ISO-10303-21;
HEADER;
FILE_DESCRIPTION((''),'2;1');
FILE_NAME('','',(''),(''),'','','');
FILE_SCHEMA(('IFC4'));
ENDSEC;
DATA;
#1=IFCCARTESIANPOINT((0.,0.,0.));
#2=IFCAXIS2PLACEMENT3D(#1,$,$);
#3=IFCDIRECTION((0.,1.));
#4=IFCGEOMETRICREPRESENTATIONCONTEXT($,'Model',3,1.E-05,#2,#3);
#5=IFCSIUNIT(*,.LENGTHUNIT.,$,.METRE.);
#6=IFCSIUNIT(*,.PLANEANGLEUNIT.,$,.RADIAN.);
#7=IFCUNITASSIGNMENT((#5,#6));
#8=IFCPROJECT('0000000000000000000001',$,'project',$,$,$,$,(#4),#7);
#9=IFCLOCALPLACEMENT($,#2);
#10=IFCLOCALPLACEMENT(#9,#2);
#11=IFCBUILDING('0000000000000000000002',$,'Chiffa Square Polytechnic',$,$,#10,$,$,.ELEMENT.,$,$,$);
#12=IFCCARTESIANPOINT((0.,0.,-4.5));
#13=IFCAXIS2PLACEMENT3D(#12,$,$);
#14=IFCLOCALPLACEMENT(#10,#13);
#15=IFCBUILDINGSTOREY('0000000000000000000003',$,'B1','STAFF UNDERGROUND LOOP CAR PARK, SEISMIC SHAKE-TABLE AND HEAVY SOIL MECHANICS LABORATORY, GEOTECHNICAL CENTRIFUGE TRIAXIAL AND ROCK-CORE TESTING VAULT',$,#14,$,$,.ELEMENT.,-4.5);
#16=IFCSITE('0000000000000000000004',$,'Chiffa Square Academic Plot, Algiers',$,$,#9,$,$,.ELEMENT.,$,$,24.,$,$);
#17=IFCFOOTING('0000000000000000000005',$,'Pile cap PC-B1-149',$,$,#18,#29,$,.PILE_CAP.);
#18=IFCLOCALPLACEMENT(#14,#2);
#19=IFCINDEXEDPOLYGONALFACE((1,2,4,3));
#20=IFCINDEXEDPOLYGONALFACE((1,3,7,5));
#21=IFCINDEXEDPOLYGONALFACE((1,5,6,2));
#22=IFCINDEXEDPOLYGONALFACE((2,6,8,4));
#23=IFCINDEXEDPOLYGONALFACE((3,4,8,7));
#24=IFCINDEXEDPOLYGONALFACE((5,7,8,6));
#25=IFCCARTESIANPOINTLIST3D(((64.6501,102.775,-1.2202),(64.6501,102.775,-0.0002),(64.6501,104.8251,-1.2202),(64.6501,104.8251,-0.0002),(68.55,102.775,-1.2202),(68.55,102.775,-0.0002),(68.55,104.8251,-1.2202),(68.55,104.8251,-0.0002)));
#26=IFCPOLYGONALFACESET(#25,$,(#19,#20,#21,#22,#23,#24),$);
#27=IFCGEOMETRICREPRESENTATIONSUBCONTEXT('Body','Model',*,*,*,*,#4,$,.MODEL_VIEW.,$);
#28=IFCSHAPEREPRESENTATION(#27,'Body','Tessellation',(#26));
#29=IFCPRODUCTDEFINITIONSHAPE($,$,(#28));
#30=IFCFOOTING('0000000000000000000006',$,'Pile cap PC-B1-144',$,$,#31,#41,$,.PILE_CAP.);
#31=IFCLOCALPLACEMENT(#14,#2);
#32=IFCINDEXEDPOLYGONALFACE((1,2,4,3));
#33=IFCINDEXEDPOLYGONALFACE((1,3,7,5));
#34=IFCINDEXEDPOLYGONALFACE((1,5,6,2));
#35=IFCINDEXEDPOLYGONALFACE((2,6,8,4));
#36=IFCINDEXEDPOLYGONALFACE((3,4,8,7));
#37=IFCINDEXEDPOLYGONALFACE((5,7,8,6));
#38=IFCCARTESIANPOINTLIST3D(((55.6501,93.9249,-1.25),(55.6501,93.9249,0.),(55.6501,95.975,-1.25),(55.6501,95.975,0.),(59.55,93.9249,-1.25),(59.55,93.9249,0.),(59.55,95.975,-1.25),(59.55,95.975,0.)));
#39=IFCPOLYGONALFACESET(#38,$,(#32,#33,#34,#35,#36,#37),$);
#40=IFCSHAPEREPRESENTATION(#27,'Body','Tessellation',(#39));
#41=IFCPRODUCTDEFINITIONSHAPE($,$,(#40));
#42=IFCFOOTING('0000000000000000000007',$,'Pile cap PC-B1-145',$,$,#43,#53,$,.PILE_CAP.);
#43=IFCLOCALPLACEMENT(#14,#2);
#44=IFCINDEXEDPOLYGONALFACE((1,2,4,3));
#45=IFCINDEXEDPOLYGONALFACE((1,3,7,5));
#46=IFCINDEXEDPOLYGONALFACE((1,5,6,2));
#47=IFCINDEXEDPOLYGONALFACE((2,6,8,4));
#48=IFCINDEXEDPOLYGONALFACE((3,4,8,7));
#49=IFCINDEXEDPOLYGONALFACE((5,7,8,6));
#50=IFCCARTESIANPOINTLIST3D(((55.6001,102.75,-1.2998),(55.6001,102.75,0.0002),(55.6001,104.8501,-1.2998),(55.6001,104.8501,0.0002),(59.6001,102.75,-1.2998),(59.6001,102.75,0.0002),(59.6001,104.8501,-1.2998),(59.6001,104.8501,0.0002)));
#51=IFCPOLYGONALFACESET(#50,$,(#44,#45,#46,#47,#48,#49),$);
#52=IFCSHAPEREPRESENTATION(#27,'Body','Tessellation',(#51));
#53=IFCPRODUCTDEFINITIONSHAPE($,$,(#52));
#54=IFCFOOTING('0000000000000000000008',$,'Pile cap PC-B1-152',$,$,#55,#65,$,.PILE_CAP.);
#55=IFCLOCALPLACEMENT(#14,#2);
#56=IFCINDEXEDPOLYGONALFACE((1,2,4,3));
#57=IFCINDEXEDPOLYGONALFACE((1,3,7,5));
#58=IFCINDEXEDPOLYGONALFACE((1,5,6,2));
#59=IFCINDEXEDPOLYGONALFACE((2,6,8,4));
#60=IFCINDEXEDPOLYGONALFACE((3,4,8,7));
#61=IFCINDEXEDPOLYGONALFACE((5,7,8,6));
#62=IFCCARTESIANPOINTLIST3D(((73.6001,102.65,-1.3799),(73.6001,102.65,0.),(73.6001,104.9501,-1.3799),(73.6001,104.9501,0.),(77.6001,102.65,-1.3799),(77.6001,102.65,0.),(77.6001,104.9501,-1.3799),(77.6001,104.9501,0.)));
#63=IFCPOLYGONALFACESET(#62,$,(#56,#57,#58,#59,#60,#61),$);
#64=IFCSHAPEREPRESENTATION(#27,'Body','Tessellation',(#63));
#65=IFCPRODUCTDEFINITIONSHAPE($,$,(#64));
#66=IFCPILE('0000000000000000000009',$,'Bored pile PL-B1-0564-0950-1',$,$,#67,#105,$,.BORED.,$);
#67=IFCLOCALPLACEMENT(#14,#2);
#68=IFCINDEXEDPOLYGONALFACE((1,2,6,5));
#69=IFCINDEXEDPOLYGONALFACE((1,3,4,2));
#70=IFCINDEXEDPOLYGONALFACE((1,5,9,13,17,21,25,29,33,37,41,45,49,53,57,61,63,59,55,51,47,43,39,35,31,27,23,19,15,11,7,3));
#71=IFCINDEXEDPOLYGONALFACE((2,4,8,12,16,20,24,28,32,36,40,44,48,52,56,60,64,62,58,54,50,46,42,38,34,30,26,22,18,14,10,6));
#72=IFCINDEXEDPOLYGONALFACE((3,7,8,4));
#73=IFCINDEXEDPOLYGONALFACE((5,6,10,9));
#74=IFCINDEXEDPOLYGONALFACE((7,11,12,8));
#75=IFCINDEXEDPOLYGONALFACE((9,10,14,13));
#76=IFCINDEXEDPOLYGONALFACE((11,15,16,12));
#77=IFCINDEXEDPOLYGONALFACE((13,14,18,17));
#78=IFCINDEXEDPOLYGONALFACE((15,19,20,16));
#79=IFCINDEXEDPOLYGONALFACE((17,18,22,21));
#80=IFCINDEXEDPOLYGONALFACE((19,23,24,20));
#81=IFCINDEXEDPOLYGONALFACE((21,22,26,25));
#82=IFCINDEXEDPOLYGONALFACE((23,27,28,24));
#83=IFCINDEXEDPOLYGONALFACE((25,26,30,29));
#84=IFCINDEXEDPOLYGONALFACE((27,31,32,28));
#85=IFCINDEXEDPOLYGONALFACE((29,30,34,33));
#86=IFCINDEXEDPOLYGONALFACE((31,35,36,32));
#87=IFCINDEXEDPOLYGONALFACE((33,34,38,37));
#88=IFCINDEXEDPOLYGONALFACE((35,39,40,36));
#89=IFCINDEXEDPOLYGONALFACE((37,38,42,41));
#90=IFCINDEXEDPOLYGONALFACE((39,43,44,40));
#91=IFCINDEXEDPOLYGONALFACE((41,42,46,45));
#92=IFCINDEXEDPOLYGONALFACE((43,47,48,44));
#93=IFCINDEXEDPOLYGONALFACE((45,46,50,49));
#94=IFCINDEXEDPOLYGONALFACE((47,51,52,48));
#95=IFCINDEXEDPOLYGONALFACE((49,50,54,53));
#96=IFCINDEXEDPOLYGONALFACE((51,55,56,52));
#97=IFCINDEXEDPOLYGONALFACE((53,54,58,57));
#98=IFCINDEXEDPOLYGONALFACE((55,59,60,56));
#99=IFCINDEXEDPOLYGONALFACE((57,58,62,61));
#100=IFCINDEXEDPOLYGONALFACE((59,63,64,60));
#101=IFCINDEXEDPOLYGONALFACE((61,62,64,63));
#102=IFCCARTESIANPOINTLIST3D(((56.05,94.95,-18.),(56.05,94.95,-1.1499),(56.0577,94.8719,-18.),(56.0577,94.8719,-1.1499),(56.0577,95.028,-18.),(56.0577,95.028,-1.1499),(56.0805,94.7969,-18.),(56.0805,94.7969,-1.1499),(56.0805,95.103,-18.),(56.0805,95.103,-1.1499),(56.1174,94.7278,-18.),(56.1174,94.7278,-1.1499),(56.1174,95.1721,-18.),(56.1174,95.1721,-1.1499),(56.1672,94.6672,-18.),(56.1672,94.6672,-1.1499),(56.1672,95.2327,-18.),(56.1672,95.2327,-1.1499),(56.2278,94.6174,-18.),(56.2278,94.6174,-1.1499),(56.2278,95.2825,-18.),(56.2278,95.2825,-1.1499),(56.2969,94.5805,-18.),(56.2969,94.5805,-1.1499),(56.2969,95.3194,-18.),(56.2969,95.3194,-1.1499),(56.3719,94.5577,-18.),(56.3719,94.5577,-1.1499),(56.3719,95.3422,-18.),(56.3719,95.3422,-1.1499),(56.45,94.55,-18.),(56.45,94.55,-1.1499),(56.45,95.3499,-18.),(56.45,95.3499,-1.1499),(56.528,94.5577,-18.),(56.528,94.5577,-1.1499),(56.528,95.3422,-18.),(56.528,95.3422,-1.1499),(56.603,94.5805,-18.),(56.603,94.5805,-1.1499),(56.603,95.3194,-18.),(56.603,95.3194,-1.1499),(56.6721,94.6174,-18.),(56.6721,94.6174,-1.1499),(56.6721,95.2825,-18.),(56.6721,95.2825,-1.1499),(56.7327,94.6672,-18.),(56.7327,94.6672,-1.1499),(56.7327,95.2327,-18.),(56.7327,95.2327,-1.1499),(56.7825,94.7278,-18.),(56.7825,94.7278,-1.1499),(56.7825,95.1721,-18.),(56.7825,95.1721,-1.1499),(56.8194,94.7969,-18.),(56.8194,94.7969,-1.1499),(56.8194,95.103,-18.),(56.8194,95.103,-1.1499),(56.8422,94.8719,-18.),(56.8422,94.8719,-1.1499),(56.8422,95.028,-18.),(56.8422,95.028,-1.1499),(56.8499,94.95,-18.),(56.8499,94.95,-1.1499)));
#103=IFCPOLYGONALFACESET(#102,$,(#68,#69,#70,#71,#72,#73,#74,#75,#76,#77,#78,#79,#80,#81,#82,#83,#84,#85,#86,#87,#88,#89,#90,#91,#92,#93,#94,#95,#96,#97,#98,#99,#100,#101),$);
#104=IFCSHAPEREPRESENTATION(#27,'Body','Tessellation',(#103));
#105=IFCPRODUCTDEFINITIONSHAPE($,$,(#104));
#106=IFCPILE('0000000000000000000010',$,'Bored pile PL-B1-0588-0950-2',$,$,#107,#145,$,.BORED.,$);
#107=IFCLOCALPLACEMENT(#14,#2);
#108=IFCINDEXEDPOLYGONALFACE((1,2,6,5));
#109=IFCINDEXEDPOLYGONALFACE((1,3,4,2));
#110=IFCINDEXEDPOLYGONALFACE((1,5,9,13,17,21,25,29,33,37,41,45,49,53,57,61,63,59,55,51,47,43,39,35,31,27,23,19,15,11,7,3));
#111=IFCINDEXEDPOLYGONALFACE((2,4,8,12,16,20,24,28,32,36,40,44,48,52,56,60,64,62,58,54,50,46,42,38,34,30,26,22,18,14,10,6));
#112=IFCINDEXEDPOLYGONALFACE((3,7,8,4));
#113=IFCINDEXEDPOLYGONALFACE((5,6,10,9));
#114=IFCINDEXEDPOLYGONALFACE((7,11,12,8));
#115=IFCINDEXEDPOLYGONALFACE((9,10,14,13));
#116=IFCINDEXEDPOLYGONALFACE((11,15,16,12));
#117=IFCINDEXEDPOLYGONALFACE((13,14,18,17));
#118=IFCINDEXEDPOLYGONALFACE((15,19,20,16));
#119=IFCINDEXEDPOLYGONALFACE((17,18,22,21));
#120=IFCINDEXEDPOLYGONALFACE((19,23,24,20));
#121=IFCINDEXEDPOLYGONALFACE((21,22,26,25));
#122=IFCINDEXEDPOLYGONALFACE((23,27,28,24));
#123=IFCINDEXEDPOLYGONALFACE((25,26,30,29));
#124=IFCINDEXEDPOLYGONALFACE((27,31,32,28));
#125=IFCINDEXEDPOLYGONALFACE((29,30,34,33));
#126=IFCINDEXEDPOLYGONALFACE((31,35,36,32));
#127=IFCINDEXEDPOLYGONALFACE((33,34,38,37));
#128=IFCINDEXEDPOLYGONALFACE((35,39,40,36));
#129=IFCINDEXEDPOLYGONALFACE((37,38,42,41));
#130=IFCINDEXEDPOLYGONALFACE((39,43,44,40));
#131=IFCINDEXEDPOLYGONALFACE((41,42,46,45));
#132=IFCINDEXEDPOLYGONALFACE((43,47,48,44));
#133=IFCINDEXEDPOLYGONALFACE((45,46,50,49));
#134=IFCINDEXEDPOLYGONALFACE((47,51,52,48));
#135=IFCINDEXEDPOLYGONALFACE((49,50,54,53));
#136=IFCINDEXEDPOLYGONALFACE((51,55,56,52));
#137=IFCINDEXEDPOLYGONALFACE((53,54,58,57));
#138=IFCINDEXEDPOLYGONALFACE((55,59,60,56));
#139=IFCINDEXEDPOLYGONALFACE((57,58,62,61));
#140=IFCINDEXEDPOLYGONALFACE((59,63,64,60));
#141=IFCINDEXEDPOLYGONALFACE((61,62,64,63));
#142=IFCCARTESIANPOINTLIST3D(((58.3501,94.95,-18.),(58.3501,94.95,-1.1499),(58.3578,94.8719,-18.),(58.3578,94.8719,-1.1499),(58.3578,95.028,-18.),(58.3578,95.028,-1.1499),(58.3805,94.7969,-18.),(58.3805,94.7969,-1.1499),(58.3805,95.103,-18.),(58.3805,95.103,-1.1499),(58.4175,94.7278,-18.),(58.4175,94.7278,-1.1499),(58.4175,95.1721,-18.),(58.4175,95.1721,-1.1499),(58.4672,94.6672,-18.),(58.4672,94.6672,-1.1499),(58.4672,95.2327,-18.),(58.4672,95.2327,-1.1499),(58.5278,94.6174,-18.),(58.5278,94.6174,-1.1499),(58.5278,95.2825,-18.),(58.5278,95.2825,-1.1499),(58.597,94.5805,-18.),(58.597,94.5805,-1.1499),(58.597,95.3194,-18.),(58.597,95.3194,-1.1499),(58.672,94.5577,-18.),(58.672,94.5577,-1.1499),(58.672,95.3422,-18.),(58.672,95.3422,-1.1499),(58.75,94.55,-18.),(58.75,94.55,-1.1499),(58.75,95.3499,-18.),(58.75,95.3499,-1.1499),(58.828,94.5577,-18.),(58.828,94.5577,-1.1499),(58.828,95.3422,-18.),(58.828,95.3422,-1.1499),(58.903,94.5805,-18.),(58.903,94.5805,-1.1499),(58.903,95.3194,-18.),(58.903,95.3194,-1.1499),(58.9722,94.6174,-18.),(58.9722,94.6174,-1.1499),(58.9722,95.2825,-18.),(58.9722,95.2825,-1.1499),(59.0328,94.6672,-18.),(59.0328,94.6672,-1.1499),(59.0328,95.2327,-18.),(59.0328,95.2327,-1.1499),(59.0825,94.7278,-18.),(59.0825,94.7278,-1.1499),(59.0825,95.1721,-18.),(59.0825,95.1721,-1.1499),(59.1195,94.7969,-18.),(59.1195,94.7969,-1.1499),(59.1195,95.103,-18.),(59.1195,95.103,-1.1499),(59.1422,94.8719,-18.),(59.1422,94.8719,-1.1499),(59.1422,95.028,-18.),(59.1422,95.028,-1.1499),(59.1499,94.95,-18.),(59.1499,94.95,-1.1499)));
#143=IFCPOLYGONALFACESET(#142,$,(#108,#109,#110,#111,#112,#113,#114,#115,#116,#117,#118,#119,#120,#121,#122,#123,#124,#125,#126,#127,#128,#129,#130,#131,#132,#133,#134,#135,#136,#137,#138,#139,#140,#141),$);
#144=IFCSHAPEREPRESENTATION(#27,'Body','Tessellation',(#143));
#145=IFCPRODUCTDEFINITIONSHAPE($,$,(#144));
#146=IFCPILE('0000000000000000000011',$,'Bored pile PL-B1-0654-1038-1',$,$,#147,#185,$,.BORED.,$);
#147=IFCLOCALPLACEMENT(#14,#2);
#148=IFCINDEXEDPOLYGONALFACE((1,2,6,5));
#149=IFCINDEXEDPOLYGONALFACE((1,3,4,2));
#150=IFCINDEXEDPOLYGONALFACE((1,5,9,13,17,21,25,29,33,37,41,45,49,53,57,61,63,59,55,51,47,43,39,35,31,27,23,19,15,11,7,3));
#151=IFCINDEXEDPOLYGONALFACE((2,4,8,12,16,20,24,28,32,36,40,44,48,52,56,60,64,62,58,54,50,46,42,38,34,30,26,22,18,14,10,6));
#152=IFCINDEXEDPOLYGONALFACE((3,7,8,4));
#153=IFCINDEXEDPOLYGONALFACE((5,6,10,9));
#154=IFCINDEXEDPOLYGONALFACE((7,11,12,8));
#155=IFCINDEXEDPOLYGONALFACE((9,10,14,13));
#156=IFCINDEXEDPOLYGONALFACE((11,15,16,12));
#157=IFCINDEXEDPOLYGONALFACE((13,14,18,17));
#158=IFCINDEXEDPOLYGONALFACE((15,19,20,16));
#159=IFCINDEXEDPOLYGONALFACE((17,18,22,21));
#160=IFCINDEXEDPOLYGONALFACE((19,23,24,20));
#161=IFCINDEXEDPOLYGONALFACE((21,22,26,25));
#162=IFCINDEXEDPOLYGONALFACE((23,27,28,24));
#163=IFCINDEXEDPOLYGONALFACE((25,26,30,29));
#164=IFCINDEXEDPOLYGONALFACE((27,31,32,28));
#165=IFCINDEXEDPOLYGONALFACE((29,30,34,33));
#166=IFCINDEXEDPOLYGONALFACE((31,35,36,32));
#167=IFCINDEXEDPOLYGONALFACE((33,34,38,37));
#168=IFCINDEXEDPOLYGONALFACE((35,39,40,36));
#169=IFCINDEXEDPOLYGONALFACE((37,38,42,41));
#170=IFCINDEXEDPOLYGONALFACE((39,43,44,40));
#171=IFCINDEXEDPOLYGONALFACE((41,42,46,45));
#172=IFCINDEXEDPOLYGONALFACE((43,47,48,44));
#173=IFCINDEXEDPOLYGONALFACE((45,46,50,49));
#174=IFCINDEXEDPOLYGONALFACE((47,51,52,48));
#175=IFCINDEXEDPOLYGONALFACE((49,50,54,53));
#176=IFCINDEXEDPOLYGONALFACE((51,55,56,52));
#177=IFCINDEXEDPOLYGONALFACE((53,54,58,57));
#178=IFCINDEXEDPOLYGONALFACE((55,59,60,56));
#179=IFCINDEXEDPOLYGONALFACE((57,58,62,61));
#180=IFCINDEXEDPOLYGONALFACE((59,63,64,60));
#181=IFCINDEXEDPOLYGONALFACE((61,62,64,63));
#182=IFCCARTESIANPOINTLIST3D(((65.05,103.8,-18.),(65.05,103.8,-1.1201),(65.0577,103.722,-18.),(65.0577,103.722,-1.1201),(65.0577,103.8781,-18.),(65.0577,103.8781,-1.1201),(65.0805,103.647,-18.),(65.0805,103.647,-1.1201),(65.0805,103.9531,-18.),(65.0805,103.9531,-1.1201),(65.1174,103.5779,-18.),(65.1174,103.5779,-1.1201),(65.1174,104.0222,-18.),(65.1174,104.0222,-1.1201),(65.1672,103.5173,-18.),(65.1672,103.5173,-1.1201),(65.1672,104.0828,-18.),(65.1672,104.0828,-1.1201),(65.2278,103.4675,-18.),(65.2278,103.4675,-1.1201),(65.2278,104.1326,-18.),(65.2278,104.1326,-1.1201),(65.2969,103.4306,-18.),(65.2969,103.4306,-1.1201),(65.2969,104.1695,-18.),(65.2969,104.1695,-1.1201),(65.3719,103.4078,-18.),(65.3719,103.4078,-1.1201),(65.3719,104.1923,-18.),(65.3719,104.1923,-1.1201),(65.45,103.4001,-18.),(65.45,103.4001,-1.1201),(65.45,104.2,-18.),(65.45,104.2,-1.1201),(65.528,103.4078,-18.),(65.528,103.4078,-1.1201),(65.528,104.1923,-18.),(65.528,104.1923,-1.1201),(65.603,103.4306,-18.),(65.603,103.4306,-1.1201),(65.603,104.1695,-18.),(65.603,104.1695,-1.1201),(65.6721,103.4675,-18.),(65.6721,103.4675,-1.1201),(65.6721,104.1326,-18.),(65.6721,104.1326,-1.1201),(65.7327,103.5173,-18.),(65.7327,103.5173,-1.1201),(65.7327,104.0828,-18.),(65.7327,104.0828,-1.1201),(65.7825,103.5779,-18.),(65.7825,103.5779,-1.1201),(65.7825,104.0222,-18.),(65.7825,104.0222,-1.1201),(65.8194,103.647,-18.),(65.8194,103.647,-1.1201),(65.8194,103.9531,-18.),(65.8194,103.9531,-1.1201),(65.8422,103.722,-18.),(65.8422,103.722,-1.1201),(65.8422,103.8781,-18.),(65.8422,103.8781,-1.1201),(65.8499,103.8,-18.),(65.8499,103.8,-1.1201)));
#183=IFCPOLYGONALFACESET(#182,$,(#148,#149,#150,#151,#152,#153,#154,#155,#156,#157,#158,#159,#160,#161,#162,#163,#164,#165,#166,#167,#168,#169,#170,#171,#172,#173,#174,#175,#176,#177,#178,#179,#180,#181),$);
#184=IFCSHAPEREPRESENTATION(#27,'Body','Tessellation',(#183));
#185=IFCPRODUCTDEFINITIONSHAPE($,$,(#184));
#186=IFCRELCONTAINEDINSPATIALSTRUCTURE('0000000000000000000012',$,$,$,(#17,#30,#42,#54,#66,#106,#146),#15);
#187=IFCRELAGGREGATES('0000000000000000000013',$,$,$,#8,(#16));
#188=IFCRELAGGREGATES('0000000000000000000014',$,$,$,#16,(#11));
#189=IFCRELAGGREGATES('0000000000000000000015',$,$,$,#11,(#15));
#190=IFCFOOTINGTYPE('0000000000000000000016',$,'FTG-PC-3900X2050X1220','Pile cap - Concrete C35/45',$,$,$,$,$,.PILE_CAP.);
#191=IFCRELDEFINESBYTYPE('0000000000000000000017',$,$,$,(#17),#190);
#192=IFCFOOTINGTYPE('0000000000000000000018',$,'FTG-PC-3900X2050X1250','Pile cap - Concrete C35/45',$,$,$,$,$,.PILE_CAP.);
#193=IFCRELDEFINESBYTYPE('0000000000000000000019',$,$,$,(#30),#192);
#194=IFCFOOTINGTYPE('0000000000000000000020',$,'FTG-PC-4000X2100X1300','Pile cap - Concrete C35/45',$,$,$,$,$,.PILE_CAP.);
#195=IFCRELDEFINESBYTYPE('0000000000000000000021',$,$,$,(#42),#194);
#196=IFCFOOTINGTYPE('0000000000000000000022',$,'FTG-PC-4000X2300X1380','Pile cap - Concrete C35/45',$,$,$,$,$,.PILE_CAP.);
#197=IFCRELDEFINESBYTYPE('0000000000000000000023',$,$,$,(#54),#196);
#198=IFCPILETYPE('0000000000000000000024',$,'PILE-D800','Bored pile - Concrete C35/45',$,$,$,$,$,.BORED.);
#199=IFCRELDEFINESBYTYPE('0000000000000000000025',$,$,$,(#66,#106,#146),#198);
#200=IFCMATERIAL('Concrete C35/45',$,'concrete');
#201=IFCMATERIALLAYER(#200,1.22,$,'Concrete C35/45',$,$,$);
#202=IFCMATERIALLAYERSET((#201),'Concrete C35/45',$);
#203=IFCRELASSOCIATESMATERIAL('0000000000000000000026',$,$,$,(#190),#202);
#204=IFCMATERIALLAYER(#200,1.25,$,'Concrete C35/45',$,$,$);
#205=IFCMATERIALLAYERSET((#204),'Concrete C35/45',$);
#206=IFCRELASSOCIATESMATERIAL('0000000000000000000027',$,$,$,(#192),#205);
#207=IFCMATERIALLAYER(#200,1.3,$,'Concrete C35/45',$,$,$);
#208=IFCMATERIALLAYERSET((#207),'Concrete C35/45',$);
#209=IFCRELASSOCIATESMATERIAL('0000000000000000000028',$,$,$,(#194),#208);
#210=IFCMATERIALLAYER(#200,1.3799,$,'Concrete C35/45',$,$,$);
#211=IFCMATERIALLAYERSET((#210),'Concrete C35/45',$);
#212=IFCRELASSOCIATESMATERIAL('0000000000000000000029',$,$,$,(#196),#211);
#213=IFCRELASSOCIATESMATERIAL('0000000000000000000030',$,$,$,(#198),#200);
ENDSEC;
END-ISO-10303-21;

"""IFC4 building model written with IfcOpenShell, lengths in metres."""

from ifc_helpers import new_model, si_unit, direction, frame, origin, origin_2d, place, context, subcontext, project, spatial, rectangle, circle, extrude, material, layer, layer_set, material_profile, profile_set, type_object, element, save


model = new_model("IFC4")

# Units and contexts
model_context = context("Model", 3, precision=1e-05, world=origin(), true_north=direction((0.0, 1.0)))
body_context = subcontext(model_context, "Body", "Model", "MODEL_VIEW")
ifc_project = project(units=[si_unit("LENGTHUNIT", "METRE"), si_unit("PLANEANGLEUNIT", "RADIAN")], contexts=[model_context])

# Site, building, storey
site_placement = place(None, origin())
site = spatial("IfcSite", under=ifc_project, at=site_placement, Name="Chiffa Square Academic Plot, Algiers", CompositionType="ELEMENT", RefElevation=24.0)
building_placement = place(site_placement, origin())
building = spatial("IfcBuilding", under=site, at=building_placement, Name="Chiffa Square Polytechnic", CompositionType="ELEMENT")
storey_placement = place(building_placement, frame((0.0, 0.0, -4.5)))
storey = spatial("IfcBuildingStorey", under=building, at=storey_placement, Name="B1", Description="STAFF UNDERGROUND LOOP CAR PARK, SEISMIC SHAKE-TABLE AND HEAVY SOIL MECHANICS LABORATORY, GEOTECHNICAL CENTRIFUGE TRIAXIAL AND ROCK-CORE TESTING VAULT", CompositionType="ELEMENT", Elevation=-4.5)

# Footings
ifc_material_1 = material(Name="Concrete C35/45", Category="concrete")
ifc_layer_1 = layer(ifc_material_1, 1.22, Name="Concrete C35/45")
ifc_layer_set_1 = layer_set([ifc_layer_1], Name="Concrete C35/45")
footing_type_1 = type_object("IfcFootingType", Name="FTG-PC-3900X2050X1220", Description="Pile cap - Concrete C35/45", PredefinedType="PILE_CAP", material=ifc_layer_set_1)
footing_1_placement = place(storey_placement, frame((66.6001, 103.8, -1.2202), z_axis=(0.0, 0.0, 1.0), x_axis=(1.0, 0.0, 0.0)))
element("IfcFooting", 1, at=footing_1_placement, inside=storey, type_object=footing_type_1, Name="Pile cap PC-B1-149", PredefinedType="PILE_CAP", context=body_context, shape_type="SweptSolid", body=[
    extrude(rectangle(XDim=3.8999, YDim=2.05, at=origin_2d()), origin(), (0.0, 0.0, 1.0), 1.22),
])
ifc_layer_2 = layer(ifc_material_1, 1.25, Name="Concrete C35/45")
ifc_layer_set_2 = layer_set([ifc_layer_2], Name="Concrete C35/45")
footing_type_2 = type_object("IfcFootingType", Name="FTG-PC-3900X2050X1250", Description="Pile cap - Concrete C35/45", PredefinedType="PILE_CAP", material=ifc_layer_set_2)
footing_2_placement = place(storey_placement, frame((57.6001, 94.95, -1.25), z_axis=(0.0, 0.0, 1.0), x_axis=(1.0, 0.0, 0.0)))
element("IfcFooting", 2, at=footing_2_placement, inside=storey, type_object=footing_type_2, Name="Pile cap PC-B1-144", PredefinedType="PILE_CAP", context=body_context, shape_type="SweptSolid", body=[
    extrude(rectangle(XDim=3.8999, YDim=2.05, at=origin_2d()), origin(), (0.0, 0.0, 1.0), 1.25),
])
ifc_layer_3 = layer(ifc_material_1, 1.3, Name="Concrete C35/45")
ifc_layer_set_3 = layer_set([ifc_layer_3], Name="Concrete C35/45")
footing_type_3 = type_object("IfcFootingType", Name="FTG-PC-4000X2100X1300", Description="Pile cap - Concrete C35/45", PredefinedType="PILE_CAP", material=ifc_layer_set_3)
footing_3_placement = place(storey_placement, frame((57.6001, 103.8, -1.2998), z_axis=(0.0, 0.0, 1.0), x_axis=(1.0, 0.0, 0.0)))
element("IfcFooting", 3, at=footing_3_placement, inside=storey, type_object=footing_type_3, Name="Pile cap PC-B1-145", PredefinedType="PILE_CAP", context=body_context, shape_type="SweptSolid", body=[
    extrude(rectangle(XDim=4.0, YDim=2.1001, at=origin_2d()), origin(), (0.0, 0.0, 1.0), 1.3),
])
ifc_layer_4 = layer(ifc_material_1, 1.3799, Name="Concrete C35/45")
ifc_layer_set_4 = layer_set([ifc_layer_4], Name="Concrete C35/45")
footing_type_4 = type_object("IfcFootingType", Name="FTG-PC-4000X2300X1380", Description="Pile cap - Concrete C35/45", PredefinedType="PILE_CAP", material=ifc_layer_set_4)
footing_4_placement = place(storey_placement, frame((75.6001, 103.8, -1.3799), z_axis=(0.0, 0.0, 1.0), x_axis=(1.0, 0.0, 0.0)))
element("IfcFooting", 4, at=footing_4_placement, inside=storey, type_object=footing_type_4, Name="Pile cap PC-B1-152", PredefinedType="PILE_CAP", context=body_context, shape_type="SweptSolid", body=[
    extrude(rectangle(XDim=4.0, YDim=2.3, at=origin_2d()), origin(), (0.0, 0.0, 1.0), 1.3799),
])

# Piles
ifc_material_profile_1 = material_profile(ifc_material_1, circle(Radius=0.3999, at=origin_2d()), Name="PILE D800")
ifc_profile_set_1 = profile_set([ifc_material_profile_1], Name="Concrete C35/45")
pile_type_1 = type_object("IfcPileType", Name="PILE-D800", Description="Bored pile - Concrete C35/45", PredefinedType="BORED", material=ifc_profile_set_1)
for number, where, z_axis, x_axis, name in (
    (5, (56.45, 94.95, -1.1499), (0.0, 0.0, -1.0), (1.0, 0.0, 0.0), "Bored pile PL-B1-0564-0950-1"),
    (6, (58.75, 94.95, -1.1499), (0.0, 0.0, -1.0), (1.0, 0.0, 0.0), "Bored pile PL-B1-0588-0950-2"),
):
    element("IfcPile", number, at=place(storey_placement, frame(where, z_axis=z_axis, x_axis=x_axis)), inside=storey, type_object=pile_type_1, Name=name, PredefinedType="BORED", context=body_context, shape_type="SweptSolid", body=[
        extrude(circle(Radius=0.3999, at=origin_2d()), origin(), (0.0, 0.0, 1.0), 16.8501),
    ])
for number, where, z_axis, x_axis, name in (
    (7, (65.45, 103.8, -1.1201), (0.0, 0.0, -1.0), (1.0, 0.0, 0.0), "Bored pile PL-B1-0654-1038-1"),
):
    element("IfcPile", number, at=place(storey_placement, frame(where, z_axis=z_axis, x_axis=x_axis)), inside=storey, type_object=pile_type_1, Name=name, PredefinedType="BORED", context=body_context, shape_type="SweptSolid", body=[
        extrude(circle(Radius=0.3999, at=origin_2d()), origin(), (0.0, 0.0, 1.0), 16.8799),
    ])

save(model, "model.ifc")
